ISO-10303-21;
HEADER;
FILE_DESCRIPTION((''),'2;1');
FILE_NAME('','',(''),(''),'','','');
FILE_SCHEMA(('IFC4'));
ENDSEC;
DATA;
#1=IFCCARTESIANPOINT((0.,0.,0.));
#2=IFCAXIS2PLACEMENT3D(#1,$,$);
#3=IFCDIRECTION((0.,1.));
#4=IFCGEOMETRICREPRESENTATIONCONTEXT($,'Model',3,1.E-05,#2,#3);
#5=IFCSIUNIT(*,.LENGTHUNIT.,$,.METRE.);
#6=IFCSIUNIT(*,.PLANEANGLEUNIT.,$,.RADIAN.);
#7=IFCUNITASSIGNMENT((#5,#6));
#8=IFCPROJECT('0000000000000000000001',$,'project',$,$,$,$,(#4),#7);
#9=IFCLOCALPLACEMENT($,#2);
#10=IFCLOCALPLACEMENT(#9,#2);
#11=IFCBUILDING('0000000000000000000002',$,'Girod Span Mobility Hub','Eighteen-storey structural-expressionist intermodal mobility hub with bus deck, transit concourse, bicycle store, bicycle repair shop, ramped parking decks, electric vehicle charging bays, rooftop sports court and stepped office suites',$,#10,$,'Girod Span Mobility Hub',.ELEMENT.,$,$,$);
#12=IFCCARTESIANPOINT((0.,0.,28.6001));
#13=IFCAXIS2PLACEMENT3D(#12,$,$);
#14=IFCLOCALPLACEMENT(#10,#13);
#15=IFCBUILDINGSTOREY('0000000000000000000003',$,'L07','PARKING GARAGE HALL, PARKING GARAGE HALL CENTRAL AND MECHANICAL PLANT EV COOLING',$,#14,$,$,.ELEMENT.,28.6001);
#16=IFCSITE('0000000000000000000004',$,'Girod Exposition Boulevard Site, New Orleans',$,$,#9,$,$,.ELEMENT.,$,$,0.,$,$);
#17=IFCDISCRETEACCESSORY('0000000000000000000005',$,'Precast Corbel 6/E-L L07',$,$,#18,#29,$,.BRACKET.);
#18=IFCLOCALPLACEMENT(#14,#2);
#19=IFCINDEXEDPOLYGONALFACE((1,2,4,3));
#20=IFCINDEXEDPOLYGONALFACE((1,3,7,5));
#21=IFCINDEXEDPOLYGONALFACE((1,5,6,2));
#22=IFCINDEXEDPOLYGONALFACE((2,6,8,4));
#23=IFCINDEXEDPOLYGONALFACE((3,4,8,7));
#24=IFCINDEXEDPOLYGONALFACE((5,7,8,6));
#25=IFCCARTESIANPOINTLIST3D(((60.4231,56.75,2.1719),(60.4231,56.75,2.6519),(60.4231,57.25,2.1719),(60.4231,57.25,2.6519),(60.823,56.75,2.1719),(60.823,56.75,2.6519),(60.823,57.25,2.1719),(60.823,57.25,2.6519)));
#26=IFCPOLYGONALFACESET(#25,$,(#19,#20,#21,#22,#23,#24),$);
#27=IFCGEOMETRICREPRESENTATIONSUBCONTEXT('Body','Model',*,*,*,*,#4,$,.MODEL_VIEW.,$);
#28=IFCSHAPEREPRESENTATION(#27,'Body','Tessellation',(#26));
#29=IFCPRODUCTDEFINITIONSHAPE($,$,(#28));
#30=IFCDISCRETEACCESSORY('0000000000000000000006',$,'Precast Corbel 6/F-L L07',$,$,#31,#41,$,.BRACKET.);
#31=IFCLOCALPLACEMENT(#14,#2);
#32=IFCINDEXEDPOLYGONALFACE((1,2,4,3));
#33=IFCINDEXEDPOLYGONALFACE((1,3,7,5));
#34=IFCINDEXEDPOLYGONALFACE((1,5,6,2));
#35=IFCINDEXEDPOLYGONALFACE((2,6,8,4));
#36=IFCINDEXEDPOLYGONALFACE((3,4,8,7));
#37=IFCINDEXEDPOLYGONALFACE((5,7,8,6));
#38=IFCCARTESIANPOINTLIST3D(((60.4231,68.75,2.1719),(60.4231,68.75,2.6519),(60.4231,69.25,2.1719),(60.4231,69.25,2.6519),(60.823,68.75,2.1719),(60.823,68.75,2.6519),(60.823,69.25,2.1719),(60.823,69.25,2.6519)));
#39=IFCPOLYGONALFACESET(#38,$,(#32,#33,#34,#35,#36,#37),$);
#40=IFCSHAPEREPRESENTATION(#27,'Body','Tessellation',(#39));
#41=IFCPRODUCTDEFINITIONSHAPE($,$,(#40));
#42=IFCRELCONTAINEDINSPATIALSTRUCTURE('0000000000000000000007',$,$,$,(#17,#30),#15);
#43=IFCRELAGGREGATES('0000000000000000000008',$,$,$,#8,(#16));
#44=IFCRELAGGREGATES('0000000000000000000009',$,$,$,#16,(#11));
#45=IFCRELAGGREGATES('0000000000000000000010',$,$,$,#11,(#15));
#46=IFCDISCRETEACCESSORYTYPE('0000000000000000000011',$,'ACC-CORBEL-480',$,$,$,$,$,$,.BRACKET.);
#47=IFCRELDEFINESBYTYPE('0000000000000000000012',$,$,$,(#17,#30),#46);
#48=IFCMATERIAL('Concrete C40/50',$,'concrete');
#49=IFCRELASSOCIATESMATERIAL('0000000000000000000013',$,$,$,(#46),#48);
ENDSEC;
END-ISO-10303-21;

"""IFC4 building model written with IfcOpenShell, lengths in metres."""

from ifc_helpers import new_model, si_unit, direction, frame, origin, origin_2d, place, context, subcontext, project, spatial, rectangle, extrude, material, type_object, element, save


model = new_model("IFC4")

# Units and contexts
model_context = context("Model", 3, precision=1e-05, world=origin(), true_north=direction((0.0, 1.0)))
body_context = subcontext(model_context, "Body", "Model", "MODEL_VIEW")
ifc_project = project(units=[si_unit("LENGTHUNIT", "METRE"), si_unit("PLANEANGLEUNIT", "RADIAN")], contexts=[model_context])

# Site, building, storey
site_placement = place(None, origin())
site = spatial("IfcSite", under=ifc_project, at=site_placement, Name="Girod Exposition Boulevard Site, New Orleans", CompositionType="ELEMENT", RefElevation=0.0)
building_placement = place(site_placement, origin())
building = spatial("IfcBuilding", under=site, at=building_placement, Name="Girod Span Mobility Hub", Description="Eighteen-storey structural-expressionist intermodal mobility hub with bus deck, transit concourse, bicycle store, bicycle repair shop, ramped parking decks, electric vehicle charging bays, rooftop sports court and stepped office suites", LongName="Girod Span Mobility Hub", CompositionType="ELEMENT")
storey_placement = place(building_placement, frame((0.0, 0.0, 28.6001)))
storey = spatial("IfcBuildingStorey", under=building, at=storey_placement, Name="L07", Description="PARKING GARAGE HALL, PARKING GARAGE HALL CENTRAL AND MECHANICAL PLANT EV COOLING", CompositionType="ELEMENT", Elevation=28.6001)

# Discrete accessories
ifc_material_1 = material(Name="Concrete C40/50", Category="concrete")
discrete_accessory_type = type_object("IfcDiscreteAccessoryType", Name="ACC-CORBEL-480", PredefinedType="BRACKET", material=ifc_material_1)
for number, where, z_axis, x_axis, name in (
    (1, (60.623, 57.0, 2.1719), (0.0, 0.0, 1.0), (1.0, 0.0, 0.0), "Precast Corbel 6/E-L L07"),
    (2, (60.623, 69.0, 2.1719), (0.0, 0.0, 1.0), (1.0, 0.0, 0.0), "Precast Corbel 6/F-L L07"),
):
    element("IfcDiscreteAccessory", number, at=place(storey_placement, frame(where, z_axis=z_axis, x_axis=x_axis)), inside=storey, type_object=discrete_accessory_type, Name=name, PredefinedType="BRACKET", context=body_context, shape_type="SweptSolid", body=[
        extrude(rectangle(XDim=0.3999, YDim=0.5, at=origin_2d()), origin(), (0.0, 0.0, 1.0), 0.48),
    ])

save(model, "model.ifc")
